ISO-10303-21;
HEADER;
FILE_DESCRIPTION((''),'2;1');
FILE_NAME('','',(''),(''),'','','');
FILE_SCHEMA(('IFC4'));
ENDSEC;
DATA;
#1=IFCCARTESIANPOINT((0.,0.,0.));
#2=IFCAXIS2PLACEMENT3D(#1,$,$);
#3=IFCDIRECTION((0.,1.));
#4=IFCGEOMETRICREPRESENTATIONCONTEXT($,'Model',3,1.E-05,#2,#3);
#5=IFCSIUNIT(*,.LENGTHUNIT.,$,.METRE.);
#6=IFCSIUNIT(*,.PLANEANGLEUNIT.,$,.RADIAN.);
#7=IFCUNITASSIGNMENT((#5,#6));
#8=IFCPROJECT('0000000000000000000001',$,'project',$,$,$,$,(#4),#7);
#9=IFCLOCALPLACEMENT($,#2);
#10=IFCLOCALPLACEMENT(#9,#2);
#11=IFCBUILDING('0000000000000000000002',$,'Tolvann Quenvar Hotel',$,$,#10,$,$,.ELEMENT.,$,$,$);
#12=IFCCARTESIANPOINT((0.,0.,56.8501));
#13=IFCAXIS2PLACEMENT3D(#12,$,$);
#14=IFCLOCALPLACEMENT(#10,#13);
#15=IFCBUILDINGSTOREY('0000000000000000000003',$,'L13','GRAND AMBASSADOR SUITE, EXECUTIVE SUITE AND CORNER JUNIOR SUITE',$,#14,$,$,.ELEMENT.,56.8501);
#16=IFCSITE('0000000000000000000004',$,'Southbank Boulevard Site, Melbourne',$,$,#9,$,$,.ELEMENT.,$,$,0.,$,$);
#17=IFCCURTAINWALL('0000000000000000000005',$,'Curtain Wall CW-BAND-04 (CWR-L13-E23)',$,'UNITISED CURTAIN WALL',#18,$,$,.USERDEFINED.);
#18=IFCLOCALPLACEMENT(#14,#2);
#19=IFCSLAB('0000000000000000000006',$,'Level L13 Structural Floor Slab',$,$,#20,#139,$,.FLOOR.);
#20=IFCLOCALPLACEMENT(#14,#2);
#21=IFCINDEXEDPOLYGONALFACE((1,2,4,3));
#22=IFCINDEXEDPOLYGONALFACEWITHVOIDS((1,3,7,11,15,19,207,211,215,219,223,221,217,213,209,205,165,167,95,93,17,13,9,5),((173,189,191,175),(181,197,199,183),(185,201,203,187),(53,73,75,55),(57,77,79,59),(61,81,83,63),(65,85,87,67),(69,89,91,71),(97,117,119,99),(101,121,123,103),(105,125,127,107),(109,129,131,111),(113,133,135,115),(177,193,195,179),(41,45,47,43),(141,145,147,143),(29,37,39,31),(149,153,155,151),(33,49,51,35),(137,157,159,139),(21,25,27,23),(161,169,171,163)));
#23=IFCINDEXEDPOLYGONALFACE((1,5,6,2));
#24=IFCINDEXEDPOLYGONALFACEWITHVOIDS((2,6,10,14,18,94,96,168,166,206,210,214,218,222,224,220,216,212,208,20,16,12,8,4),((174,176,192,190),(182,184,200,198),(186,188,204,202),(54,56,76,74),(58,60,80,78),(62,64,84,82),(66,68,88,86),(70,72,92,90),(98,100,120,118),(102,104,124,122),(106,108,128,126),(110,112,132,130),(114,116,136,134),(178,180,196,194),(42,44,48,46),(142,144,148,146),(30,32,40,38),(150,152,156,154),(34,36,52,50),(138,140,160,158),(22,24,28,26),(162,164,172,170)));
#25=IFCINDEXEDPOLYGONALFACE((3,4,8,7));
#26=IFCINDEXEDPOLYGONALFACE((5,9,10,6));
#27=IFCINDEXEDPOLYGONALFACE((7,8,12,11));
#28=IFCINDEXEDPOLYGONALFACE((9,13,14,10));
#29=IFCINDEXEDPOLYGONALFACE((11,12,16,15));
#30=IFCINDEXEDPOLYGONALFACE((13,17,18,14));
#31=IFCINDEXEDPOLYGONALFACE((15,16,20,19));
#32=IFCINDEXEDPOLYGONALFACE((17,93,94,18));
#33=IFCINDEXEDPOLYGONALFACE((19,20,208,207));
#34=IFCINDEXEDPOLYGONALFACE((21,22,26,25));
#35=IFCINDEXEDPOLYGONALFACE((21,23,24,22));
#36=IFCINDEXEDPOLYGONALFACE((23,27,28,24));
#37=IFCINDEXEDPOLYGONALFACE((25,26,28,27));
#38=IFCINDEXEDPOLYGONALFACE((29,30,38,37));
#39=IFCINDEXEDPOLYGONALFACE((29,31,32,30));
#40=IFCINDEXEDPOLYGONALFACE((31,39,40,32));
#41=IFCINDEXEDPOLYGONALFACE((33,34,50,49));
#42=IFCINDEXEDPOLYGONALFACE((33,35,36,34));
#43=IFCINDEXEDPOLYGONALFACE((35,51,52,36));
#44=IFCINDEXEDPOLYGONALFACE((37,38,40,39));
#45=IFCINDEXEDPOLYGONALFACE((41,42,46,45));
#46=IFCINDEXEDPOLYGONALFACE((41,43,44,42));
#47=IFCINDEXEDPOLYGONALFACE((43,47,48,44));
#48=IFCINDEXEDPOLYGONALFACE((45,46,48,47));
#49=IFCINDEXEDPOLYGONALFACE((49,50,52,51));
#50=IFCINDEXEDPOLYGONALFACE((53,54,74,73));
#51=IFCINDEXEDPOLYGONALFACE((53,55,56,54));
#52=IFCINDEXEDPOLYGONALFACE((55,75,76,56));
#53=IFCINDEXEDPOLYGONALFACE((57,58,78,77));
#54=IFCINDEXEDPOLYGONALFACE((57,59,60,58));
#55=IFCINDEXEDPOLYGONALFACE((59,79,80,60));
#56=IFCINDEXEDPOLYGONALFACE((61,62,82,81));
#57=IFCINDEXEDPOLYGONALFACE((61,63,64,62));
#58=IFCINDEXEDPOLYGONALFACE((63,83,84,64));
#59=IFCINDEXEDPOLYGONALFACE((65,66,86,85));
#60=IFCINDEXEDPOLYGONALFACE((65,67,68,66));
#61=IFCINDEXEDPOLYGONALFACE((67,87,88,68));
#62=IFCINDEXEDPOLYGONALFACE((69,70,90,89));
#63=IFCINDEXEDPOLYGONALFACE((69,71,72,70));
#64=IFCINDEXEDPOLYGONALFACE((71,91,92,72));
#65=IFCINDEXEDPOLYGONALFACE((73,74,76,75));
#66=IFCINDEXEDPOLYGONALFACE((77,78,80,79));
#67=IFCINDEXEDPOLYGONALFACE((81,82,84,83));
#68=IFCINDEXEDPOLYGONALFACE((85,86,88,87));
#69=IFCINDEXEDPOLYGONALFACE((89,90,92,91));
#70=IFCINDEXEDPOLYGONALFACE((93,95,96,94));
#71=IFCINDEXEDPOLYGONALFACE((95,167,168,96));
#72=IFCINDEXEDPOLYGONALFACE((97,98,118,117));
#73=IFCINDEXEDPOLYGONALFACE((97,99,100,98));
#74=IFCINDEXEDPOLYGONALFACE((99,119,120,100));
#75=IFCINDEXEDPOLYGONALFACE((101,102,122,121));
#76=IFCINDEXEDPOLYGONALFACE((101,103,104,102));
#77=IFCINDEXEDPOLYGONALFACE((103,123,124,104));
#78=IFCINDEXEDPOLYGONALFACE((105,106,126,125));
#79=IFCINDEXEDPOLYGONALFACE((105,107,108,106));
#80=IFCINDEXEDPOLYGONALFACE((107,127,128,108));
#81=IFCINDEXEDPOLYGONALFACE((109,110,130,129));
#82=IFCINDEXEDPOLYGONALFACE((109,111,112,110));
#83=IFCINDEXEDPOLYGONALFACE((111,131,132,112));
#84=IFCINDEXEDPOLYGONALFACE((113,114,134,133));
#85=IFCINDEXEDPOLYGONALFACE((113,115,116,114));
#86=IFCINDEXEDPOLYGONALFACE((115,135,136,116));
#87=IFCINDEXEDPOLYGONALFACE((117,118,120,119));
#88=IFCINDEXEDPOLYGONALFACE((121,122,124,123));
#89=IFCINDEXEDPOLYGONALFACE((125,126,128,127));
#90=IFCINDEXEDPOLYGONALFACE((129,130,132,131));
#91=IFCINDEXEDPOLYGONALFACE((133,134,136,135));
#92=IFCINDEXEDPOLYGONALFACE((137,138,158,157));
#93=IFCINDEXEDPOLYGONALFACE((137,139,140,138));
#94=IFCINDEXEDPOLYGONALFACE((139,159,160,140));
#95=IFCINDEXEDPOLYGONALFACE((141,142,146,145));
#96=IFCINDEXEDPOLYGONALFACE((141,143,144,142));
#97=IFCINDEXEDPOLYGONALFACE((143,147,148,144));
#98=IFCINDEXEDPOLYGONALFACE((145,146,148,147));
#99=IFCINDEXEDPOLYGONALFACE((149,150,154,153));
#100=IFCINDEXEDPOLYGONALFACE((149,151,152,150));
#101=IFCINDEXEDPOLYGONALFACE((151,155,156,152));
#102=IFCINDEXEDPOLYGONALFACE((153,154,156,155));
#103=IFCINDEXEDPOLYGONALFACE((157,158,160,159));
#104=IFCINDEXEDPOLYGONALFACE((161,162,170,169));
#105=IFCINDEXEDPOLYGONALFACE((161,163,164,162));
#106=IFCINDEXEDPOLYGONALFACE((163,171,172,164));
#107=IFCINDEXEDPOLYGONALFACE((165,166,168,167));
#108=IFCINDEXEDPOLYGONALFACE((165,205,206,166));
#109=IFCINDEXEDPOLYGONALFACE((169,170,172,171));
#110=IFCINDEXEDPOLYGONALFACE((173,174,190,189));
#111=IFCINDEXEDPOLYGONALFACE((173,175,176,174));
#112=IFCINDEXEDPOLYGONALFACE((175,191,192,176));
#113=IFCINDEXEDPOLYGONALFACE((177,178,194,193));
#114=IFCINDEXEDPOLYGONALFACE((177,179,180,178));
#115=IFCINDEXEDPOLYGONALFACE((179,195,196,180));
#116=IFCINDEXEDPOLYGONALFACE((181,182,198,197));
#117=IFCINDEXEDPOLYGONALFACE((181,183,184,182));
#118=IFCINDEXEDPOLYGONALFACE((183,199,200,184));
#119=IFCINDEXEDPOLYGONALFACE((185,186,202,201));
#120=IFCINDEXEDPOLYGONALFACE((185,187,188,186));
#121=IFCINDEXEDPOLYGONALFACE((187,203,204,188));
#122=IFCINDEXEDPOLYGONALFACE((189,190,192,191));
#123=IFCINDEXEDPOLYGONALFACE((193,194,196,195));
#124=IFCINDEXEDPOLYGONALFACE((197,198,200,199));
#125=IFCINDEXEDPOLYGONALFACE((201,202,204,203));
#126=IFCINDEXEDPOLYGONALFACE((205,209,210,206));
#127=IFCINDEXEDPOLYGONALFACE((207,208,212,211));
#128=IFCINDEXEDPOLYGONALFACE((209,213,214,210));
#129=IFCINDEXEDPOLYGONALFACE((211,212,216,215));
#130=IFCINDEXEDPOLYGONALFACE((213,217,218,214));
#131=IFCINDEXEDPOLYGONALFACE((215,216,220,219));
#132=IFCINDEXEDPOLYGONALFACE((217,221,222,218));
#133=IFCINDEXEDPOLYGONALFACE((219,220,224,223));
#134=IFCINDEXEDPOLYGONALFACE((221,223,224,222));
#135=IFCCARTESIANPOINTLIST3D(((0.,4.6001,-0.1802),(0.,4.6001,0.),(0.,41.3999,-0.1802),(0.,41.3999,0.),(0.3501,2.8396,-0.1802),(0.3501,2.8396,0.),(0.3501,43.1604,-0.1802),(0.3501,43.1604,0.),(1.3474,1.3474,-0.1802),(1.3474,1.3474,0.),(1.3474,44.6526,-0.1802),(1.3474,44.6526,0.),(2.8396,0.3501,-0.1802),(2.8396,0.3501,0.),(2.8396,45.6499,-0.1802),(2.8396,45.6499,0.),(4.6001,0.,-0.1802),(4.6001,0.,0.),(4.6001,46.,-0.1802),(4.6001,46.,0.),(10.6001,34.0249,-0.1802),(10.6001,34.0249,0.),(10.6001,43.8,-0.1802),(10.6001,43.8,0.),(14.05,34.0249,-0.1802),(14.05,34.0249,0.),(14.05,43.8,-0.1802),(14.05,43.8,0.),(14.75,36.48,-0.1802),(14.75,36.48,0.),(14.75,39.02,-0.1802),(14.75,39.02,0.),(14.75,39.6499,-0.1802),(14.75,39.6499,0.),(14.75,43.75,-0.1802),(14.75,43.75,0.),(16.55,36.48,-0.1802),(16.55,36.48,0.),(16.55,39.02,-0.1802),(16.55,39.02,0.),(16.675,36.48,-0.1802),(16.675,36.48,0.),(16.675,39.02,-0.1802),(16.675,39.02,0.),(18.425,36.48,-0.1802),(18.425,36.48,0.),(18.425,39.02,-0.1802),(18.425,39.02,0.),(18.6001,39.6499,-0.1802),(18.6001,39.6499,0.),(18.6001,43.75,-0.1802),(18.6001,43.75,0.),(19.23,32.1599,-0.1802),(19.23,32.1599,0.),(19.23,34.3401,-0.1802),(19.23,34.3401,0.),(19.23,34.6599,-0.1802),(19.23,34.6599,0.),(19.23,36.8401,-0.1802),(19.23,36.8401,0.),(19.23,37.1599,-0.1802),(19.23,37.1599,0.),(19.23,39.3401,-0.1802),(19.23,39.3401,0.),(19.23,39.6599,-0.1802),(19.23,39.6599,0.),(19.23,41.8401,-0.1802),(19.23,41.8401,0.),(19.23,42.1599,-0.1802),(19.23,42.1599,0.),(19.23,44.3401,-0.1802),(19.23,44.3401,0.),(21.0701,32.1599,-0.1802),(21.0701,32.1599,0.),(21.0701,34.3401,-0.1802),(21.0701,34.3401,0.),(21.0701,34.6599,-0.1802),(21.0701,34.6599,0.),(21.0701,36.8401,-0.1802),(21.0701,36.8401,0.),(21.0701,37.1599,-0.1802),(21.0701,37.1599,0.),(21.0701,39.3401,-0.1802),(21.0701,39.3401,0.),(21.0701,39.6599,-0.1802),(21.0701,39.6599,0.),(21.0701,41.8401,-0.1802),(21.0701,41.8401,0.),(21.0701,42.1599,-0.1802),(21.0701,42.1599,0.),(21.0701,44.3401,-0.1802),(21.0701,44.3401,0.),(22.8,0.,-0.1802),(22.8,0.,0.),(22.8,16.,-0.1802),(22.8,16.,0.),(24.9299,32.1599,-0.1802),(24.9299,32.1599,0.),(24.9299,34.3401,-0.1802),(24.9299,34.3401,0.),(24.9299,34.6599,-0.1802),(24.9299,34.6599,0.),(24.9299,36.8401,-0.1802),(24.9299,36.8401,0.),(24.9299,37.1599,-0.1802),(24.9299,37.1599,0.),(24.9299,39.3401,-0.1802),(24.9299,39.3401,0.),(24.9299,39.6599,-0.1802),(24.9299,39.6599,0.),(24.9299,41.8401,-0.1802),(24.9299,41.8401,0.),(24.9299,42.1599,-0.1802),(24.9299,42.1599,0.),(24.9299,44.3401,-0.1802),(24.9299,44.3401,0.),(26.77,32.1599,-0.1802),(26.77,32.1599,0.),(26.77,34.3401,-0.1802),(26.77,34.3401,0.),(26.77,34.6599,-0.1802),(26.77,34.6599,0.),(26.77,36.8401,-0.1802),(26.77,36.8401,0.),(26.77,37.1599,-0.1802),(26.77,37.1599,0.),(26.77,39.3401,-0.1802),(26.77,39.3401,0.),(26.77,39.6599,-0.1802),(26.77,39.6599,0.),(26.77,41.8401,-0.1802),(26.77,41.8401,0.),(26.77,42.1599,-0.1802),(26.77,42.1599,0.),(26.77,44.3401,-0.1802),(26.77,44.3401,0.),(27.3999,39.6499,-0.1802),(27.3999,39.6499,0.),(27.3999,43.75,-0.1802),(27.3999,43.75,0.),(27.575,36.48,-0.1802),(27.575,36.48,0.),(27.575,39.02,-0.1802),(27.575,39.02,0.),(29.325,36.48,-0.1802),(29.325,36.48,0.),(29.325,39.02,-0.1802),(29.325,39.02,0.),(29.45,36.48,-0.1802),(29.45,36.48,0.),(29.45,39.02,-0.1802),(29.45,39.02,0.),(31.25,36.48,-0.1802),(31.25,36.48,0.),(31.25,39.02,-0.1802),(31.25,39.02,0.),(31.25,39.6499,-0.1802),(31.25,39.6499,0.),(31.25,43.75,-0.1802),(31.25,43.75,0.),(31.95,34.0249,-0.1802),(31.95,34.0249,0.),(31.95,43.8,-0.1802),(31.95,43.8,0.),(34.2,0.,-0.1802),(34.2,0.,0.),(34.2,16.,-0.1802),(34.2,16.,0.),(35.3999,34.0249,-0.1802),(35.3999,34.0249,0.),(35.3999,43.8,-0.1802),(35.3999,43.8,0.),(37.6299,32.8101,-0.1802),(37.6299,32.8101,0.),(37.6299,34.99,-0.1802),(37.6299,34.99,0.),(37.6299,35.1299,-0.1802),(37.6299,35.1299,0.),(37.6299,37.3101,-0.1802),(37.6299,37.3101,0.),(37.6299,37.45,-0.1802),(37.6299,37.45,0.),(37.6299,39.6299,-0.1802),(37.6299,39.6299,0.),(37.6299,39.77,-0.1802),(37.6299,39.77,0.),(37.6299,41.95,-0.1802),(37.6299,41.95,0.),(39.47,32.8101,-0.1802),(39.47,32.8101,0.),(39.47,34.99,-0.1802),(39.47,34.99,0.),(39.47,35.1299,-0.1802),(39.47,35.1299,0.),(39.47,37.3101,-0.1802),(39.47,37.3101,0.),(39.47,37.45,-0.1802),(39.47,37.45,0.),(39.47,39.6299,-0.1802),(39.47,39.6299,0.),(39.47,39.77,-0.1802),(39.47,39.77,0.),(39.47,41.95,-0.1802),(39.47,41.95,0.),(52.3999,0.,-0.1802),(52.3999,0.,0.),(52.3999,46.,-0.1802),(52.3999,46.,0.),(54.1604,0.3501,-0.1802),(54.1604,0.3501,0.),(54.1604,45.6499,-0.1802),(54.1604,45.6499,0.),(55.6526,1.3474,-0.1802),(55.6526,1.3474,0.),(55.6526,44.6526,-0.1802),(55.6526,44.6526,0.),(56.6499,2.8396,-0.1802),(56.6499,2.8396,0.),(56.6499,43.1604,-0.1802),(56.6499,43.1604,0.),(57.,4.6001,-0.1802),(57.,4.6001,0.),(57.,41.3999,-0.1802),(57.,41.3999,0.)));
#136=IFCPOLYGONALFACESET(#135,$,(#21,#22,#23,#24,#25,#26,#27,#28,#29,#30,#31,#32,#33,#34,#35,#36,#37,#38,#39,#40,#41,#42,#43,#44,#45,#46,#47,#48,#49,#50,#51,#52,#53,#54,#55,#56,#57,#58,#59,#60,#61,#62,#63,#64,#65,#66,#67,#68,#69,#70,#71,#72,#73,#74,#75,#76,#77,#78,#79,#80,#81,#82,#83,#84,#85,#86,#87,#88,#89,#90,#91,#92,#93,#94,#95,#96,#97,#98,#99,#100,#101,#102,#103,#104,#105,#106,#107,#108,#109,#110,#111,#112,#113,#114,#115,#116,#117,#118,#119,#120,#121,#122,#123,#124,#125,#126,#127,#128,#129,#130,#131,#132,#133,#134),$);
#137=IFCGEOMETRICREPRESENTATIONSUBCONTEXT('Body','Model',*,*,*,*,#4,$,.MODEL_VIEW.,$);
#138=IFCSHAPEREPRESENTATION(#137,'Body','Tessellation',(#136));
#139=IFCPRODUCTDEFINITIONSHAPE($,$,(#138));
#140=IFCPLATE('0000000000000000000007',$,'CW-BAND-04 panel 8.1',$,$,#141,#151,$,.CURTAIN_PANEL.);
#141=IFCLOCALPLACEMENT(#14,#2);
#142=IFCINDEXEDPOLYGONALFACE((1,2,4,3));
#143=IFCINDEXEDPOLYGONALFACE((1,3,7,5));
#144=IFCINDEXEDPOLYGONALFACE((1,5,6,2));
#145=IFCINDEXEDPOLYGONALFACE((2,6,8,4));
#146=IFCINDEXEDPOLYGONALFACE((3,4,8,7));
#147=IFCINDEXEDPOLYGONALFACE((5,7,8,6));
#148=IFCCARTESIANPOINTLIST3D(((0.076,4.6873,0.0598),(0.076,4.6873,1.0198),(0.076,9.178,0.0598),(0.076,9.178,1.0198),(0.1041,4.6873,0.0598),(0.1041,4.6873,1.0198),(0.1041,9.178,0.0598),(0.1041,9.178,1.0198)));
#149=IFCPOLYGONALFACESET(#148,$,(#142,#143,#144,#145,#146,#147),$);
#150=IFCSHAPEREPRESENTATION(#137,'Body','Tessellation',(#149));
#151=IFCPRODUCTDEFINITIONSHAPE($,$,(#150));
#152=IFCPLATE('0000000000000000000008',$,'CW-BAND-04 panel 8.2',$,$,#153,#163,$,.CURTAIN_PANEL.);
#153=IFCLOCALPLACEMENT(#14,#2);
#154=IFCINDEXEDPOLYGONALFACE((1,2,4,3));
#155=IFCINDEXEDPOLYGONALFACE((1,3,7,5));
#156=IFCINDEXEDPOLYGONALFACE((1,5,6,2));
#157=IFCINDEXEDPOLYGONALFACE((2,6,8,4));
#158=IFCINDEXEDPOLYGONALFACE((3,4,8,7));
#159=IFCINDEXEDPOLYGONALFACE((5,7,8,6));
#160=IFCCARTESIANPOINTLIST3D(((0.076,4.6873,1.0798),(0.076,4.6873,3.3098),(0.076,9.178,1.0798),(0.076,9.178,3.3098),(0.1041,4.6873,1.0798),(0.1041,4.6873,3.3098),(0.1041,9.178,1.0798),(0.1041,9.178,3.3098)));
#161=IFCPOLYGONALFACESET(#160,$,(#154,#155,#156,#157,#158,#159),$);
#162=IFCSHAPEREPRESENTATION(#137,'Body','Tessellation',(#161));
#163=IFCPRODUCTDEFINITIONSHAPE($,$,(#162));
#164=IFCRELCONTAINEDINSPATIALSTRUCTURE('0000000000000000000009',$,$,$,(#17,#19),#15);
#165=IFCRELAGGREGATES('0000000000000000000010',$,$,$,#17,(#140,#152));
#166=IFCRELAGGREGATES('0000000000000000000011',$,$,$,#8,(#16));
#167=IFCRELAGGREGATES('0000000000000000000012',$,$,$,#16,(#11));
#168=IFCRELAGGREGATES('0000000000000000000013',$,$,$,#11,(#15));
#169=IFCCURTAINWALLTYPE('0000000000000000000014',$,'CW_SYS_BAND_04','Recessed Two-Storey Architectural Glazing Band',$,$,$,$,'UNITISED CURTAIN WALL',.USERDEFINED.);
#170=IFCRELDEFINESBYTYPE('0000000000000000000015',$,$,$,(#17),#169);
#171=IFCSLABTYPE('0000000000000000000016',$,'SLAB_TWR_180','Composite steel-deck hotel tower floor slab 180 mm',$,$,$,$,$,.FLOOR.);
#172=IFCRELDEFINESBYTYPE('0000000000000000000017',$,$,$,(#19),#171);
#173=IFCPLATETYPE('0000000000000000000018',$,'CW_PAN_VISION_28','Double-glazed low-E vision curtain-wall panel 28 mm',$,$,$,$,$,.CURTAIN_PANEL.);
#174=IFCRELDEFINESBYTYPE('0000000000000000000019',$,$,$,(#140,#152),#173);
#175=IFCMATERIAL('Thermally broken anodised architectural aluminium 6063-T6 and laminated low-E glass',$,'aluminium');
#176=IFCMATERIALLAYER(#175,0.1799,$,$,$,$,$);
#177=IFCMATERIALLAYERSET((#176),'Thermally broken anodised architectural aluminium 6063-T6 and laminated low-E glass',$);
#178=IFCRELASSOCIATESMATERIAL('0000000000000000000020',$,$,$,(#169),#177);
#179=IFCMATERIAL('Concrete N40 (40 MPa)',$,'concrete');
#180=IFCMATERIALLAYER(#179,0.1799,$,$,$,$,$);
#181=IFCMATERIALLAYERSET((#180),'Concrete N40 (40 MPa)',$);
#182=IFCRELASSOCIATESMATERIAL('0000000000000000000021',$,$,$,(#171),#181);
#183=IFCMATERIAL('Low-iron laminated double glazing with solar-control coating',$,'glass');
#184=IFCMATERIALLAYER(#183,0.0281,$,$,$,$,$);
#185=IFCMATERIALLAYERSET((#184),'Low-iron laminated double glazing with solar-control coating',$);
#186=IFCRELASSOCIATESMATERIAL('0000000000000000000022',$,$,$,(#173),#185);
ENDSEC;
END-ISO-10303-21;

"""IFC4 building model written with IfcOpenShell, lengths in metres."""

from ifc_helpers import new_model, si_unit, direction, frame, origin, origin_2d, place, context, subcontext, project, spatial, polyline, rectangle, outline, extrude, source, transform, mapped, material, layer, layer_set, type_object, type_shapes, element, aggregate, save


model = new_model("IFC4")

# Units and contexts
model_context = context("Model", 3, precision=1e-05, world=origin(), true_north=direction((0.0, 1.0)))
body_context = subcontext(model_context, "Body", "Model", "MODEL_VIEW")
ifc_project = project(units=[si_unit("LENGTHUNIT", "METRE"), si_unit("PLANEANGLEUNIT", "RADIAN")], contexts=[model_context])

# Site, building, storey
site_placement = place(None, origin())
site = spatial("IfcSite", under=ifc_project, at=site_placement, Name="Southbank Boulevard Site, Melbourne", CompositionType="ELEMENT", RefElevation=0.0)
building_placement = place(site_placement, origin())
building = spatial("IfcBuilding", under=site, at=building_placement, Name="Tolvann Quenvar Hotel", CompositionType="ELEMENT")
storey_placement = place(building_placement, frame((0.0, 0.0, 56.8501)))
storey = spatial("IfcBuildingStorey", under=building, at=storey_placement, Name="L13", Description="GRAND AMBASSADOR SUITE, EXECUTIVE SUITE AND CORNER JUNIOR SUITE", CompositionType="ELEMENT", Elevation=56.8501)

# Curtain wall
ifc_material_1 = material(Name="Thermally broken anodised architectural aluminium 6063-T6 and laminated low-E glass", Category="aluminium")
ifc_layer_1 = layer(ifc_material_1, 0.1799)
ifc_layer_set_1 = layer_set([ifc_layer_1], Name="Thermally broken anodised architectural aluminium 6063-T6 and laminated low-E glass")
curtain_wall_type = type_object("IfcCurtainWallType", Name="CW_SYS_BAND_04", Description="Recessed Two-Storey Architectural Glazing Band", ElementType="UNITISED CURTAIN WALL", PredefinedType="USERDEFINED", material=ifc_layer_set_1)
curtain_wall_placement = place(storey_placement, origin())
curtain_wall = element("IfcCurtainWall", 1, at=curtain_wall_placement, inside=storey, type_object=curtain_wall_type, Name="Curtain Wall CW-BAND-04 (CWR-L13-E23)", ObjectType="UNITISED CURTAIN WALL", PredefinedType="USERDEFINED")

# Shared definitions
ifc_material_2 = material(Name="Concrete N40 (40 MPa)", Category="concrete")

# Slab
ifc_layer_2 = layer(ifc_material_2, 0.1799)
ifc_layer_set_2 = layer_set([ifc_layer_2], Name="Concrete N40 (40 MPa)")
slab_type_1 = type_object("IfcSlabType", Name="SLAB_TWR_180", Description="Composite steel-deck hotel tower floor slab 180 mm", PredefinedType="FLOOR", material=ifc_layer_set_2)
slab_1_placement = place(storey_placement, frame((0.0, 0.0, -0.1802)))
element("IfcSlab", 2, at=slab_1_placement, inside=storey, type_object=slab_type_1, Name="Level L13 Structural Floor Slab", PredefinedType="FLOOR", context=body_context, shape_type="SweptSolid", body=[
    extrude(outline(polyline([(0.0, 4.6001), (0.3501, 2.8396), (1.3474, 1.3474), (2.8396, 0.3501), (4.6001, 0.0), (22.8, 0.0), (22.8, 16.0), (34.2, 16.0), (34.2, 0.0), (52.3999, 0.0), (54.1604, 0.3501), (55.6526, 1.3474), (56.6499, 2.8396), (57.0, 4.6001), (57.0, 41.3999), (56.6499, 43.1604), (55.6526, 44.6526), (54.1604, 45.6499), (52.3999, 46.0), (4.6001, 46.0), (2.8396, 45.6499), (1.3474, 44.6526), (0.3501, 43.1604), (0.0, 41.3999), (0.0, 4.6001)]), holes=[polyline([(37.6299, 41.95), (39.47, 41.95), (39.47, 39.77), (37.6299, 39.77), (37.6299, 41.95)]), polyline([(37.6299, 39.6299), (39.47, 39.6299), (39.47, 37.45), (37.6299, 37.45), (37.6299, 39.6299)]), polyline([(37.6299, 37.3101), (39.47, 37.3101), (39.47, 35.1299), (37.6299, 35.1299), (37.6299, 37.3101)]), polyline([(37.6299, 34.99), (39.47, 34.99), (39.47, 32.8101), (37.6299, 32.8101), (37.6299, 34.99)]), polyline([(31.95, 43.8), (35.3999, 43.8), (35.3999, 34.0249), (31.95, 34.0249), (31.95, 43.8)]), polyline([(31.25, 39.02), (31.25, 36.48), (29.45, 36.48), (29.45, 39.02), (31.25, 39.02)]), polyline([(31.25, 43.75), (31.25, 39.6499), (27.3999, 39.6499), (27.3999, 43.75), (31.25, 43.75)]), polyline([(27.575, 39.02), (29.325, 39.02), (29.325, 36.48), (27.575, 36.48), (27.575, 39.02)]), polyline([(26.77, 36.8401), (26.77, 34.6599), (24.9299, 34.6599), (24.9299, 36.8401), (26.77, 36.8401)]), polyline([(26.77, 44.3401), (26.77, 42.1599), (24.9299, 42.1599), (24.9299, 44.3401), (26.77, 44.3401)]), polyline([(26.77, 41.8401), (26.77, 39.6599), (24.9299, 39.6599), (24.9299, 41.8401), (26.77, 41.8401)]), polyline([(26.77, 39.3401), (26.77, 37.1599), (24.9299, 37.1599), (24.9299, 39.3401), (26.77, 39.3401)]), polyline([(24.9299, 34.3401), (26.77, 34.3401), (26.77, 32.1599), (24.9299, 32.1599), (24.9299, 34.3401)]), polyline([(21.0701, 44.3401), (21.0701, 42.1599), (19.23, 42.1599), (19.23, 44.3401), (21.0701, 44.3401)]), polyline([(19.23, 41.8401), (21.0701, 41.8401), (21.0701, 39.6599), (19.23, 39.6599), (19.23, 41.8401)]), polyline([(21.0701, 39.3401), (21.0701, 37.1599), (19.23, 37.1599), (19.23, 39.3401), (21.0701, 39.3401)]), polyline([(19.23, 36.8401), (21.0701, 36.8401), (21.0701, 34.6599), (19.23, 34.6599), (19.23, 36.8401)]), polyline([(19.23, 34.3401), (21.0701, 34.3401), (21.0701, 32.1599), (19.23, 32.1599), (19.23, 34.3401)]), polyline([(18.6001, 43.75), (18.6001, 39.6499), (14.75, 39.6499), (14.75, 43.75), (18.6001, 43.75)]), polyline([(16.675, 39.02), (18.425, 39.02), (18.425, 36.48), (16.675, 36.48), (16.675, 39.02)]), polyline([(16.55, 39.02), (16.55, 36.48), (14.75, 36.48), (14.75, 39.02), (16.55, 39.02)]), polyline([(10.6001, 43.8), (14.05, 43.8), (14.05, 34.0249), (10.6001, 34.0249), (10.6001, 43.8)])]), origin(), (0.0, 0.0, 1.0), 0.1802),
])

# Plates
ifc_material_3 = material(Name="Low-iron laminated double glazing with solar-control coating", Category="glass")
ifc_layer_3 = layer(ifc_material_3, 0.0281)
ifc_layer_set_3 = layer_set([ifc_layer_3], Name="Low-iron laminated double glazing with solar-control coating")
plate_type = type_object("IfcPlateType", Name="CW_PAN_VISION_28", Description="Double-glazed low-E vision curtain-wall panel 28 mm", PredefinedType="CURTAIN_PANEL", material=ifc_layer_set_3)
shared_shape_1 = source(origin(), body_context, "Body", "SweptSolid", [
    extrude(rectangle(XDim=4.4907, YDim=0.0281, at=origin_2d()), origin(), (0.0, 0.0, 1.0), 0.96),
])
plate_1_placement = place(storey_placement, frame((0.0901, 6.9326, 0.0598), z_axis=(0.0, 0.0, 1.0), x_axis=(0.0, -1.0, 0.0)))
plate_1 = element("IfcPlate", 3, at=plate_1_placement, type_object=plate_type, Name="CW-BAND-04 panel 8.1", PredefinedType="CURTAIN_PANEL", context=body_context, shape_type="MappedRepresentation", body=[
    mapped(shared_shape_1, transform((0.0, 0.0, 0.0), x_axis=(1.0, 0.0, 0.0), y_axis=(0.0, 1.0, 0.0), z_axis=(0.0, 0.0, 1.0), scale=1.0)),
])
shared_shape_2 = source(origin(), body_context, "Body", "SweptSolid", [
    extrude(rectangle(XDim=4.4907, YDim=0.0281, at=origin_2d()), origin(), (0.0, 0.0, 1.0), 2.23),
])
type_shapes(plate_type, [shared_shape_1, shared_shape_2])
plate_2_placement = place(storey_placement, frame((0.0901, 6.9326, 1.0798), z_axis=(0.0, 0.0, 1.0), x_axis=(0.0, -1.0, 0.0)))
plate_2 = element("IfcPlate", 4, at=plate_2_placement, type_object=plate_type, Name="CW-BAND-04 panel 8.2", PredefinedType="CURTAIN_PANEL", context=body_context, shape_type="MappedRepresentation", body=[
    mapped(shared_shape_2, transform((0.0, 0.0, 0.0), x_axis=(1.0, 0.0, 0.0), y_axis=(0.0, 1.0, 0.0), z_axis=(0.0, 0.0, 1.0), scale=1.0)),
])
aggregate(curtain_wall, [plate_1, plate_2])

save(model, "model.ifc")
